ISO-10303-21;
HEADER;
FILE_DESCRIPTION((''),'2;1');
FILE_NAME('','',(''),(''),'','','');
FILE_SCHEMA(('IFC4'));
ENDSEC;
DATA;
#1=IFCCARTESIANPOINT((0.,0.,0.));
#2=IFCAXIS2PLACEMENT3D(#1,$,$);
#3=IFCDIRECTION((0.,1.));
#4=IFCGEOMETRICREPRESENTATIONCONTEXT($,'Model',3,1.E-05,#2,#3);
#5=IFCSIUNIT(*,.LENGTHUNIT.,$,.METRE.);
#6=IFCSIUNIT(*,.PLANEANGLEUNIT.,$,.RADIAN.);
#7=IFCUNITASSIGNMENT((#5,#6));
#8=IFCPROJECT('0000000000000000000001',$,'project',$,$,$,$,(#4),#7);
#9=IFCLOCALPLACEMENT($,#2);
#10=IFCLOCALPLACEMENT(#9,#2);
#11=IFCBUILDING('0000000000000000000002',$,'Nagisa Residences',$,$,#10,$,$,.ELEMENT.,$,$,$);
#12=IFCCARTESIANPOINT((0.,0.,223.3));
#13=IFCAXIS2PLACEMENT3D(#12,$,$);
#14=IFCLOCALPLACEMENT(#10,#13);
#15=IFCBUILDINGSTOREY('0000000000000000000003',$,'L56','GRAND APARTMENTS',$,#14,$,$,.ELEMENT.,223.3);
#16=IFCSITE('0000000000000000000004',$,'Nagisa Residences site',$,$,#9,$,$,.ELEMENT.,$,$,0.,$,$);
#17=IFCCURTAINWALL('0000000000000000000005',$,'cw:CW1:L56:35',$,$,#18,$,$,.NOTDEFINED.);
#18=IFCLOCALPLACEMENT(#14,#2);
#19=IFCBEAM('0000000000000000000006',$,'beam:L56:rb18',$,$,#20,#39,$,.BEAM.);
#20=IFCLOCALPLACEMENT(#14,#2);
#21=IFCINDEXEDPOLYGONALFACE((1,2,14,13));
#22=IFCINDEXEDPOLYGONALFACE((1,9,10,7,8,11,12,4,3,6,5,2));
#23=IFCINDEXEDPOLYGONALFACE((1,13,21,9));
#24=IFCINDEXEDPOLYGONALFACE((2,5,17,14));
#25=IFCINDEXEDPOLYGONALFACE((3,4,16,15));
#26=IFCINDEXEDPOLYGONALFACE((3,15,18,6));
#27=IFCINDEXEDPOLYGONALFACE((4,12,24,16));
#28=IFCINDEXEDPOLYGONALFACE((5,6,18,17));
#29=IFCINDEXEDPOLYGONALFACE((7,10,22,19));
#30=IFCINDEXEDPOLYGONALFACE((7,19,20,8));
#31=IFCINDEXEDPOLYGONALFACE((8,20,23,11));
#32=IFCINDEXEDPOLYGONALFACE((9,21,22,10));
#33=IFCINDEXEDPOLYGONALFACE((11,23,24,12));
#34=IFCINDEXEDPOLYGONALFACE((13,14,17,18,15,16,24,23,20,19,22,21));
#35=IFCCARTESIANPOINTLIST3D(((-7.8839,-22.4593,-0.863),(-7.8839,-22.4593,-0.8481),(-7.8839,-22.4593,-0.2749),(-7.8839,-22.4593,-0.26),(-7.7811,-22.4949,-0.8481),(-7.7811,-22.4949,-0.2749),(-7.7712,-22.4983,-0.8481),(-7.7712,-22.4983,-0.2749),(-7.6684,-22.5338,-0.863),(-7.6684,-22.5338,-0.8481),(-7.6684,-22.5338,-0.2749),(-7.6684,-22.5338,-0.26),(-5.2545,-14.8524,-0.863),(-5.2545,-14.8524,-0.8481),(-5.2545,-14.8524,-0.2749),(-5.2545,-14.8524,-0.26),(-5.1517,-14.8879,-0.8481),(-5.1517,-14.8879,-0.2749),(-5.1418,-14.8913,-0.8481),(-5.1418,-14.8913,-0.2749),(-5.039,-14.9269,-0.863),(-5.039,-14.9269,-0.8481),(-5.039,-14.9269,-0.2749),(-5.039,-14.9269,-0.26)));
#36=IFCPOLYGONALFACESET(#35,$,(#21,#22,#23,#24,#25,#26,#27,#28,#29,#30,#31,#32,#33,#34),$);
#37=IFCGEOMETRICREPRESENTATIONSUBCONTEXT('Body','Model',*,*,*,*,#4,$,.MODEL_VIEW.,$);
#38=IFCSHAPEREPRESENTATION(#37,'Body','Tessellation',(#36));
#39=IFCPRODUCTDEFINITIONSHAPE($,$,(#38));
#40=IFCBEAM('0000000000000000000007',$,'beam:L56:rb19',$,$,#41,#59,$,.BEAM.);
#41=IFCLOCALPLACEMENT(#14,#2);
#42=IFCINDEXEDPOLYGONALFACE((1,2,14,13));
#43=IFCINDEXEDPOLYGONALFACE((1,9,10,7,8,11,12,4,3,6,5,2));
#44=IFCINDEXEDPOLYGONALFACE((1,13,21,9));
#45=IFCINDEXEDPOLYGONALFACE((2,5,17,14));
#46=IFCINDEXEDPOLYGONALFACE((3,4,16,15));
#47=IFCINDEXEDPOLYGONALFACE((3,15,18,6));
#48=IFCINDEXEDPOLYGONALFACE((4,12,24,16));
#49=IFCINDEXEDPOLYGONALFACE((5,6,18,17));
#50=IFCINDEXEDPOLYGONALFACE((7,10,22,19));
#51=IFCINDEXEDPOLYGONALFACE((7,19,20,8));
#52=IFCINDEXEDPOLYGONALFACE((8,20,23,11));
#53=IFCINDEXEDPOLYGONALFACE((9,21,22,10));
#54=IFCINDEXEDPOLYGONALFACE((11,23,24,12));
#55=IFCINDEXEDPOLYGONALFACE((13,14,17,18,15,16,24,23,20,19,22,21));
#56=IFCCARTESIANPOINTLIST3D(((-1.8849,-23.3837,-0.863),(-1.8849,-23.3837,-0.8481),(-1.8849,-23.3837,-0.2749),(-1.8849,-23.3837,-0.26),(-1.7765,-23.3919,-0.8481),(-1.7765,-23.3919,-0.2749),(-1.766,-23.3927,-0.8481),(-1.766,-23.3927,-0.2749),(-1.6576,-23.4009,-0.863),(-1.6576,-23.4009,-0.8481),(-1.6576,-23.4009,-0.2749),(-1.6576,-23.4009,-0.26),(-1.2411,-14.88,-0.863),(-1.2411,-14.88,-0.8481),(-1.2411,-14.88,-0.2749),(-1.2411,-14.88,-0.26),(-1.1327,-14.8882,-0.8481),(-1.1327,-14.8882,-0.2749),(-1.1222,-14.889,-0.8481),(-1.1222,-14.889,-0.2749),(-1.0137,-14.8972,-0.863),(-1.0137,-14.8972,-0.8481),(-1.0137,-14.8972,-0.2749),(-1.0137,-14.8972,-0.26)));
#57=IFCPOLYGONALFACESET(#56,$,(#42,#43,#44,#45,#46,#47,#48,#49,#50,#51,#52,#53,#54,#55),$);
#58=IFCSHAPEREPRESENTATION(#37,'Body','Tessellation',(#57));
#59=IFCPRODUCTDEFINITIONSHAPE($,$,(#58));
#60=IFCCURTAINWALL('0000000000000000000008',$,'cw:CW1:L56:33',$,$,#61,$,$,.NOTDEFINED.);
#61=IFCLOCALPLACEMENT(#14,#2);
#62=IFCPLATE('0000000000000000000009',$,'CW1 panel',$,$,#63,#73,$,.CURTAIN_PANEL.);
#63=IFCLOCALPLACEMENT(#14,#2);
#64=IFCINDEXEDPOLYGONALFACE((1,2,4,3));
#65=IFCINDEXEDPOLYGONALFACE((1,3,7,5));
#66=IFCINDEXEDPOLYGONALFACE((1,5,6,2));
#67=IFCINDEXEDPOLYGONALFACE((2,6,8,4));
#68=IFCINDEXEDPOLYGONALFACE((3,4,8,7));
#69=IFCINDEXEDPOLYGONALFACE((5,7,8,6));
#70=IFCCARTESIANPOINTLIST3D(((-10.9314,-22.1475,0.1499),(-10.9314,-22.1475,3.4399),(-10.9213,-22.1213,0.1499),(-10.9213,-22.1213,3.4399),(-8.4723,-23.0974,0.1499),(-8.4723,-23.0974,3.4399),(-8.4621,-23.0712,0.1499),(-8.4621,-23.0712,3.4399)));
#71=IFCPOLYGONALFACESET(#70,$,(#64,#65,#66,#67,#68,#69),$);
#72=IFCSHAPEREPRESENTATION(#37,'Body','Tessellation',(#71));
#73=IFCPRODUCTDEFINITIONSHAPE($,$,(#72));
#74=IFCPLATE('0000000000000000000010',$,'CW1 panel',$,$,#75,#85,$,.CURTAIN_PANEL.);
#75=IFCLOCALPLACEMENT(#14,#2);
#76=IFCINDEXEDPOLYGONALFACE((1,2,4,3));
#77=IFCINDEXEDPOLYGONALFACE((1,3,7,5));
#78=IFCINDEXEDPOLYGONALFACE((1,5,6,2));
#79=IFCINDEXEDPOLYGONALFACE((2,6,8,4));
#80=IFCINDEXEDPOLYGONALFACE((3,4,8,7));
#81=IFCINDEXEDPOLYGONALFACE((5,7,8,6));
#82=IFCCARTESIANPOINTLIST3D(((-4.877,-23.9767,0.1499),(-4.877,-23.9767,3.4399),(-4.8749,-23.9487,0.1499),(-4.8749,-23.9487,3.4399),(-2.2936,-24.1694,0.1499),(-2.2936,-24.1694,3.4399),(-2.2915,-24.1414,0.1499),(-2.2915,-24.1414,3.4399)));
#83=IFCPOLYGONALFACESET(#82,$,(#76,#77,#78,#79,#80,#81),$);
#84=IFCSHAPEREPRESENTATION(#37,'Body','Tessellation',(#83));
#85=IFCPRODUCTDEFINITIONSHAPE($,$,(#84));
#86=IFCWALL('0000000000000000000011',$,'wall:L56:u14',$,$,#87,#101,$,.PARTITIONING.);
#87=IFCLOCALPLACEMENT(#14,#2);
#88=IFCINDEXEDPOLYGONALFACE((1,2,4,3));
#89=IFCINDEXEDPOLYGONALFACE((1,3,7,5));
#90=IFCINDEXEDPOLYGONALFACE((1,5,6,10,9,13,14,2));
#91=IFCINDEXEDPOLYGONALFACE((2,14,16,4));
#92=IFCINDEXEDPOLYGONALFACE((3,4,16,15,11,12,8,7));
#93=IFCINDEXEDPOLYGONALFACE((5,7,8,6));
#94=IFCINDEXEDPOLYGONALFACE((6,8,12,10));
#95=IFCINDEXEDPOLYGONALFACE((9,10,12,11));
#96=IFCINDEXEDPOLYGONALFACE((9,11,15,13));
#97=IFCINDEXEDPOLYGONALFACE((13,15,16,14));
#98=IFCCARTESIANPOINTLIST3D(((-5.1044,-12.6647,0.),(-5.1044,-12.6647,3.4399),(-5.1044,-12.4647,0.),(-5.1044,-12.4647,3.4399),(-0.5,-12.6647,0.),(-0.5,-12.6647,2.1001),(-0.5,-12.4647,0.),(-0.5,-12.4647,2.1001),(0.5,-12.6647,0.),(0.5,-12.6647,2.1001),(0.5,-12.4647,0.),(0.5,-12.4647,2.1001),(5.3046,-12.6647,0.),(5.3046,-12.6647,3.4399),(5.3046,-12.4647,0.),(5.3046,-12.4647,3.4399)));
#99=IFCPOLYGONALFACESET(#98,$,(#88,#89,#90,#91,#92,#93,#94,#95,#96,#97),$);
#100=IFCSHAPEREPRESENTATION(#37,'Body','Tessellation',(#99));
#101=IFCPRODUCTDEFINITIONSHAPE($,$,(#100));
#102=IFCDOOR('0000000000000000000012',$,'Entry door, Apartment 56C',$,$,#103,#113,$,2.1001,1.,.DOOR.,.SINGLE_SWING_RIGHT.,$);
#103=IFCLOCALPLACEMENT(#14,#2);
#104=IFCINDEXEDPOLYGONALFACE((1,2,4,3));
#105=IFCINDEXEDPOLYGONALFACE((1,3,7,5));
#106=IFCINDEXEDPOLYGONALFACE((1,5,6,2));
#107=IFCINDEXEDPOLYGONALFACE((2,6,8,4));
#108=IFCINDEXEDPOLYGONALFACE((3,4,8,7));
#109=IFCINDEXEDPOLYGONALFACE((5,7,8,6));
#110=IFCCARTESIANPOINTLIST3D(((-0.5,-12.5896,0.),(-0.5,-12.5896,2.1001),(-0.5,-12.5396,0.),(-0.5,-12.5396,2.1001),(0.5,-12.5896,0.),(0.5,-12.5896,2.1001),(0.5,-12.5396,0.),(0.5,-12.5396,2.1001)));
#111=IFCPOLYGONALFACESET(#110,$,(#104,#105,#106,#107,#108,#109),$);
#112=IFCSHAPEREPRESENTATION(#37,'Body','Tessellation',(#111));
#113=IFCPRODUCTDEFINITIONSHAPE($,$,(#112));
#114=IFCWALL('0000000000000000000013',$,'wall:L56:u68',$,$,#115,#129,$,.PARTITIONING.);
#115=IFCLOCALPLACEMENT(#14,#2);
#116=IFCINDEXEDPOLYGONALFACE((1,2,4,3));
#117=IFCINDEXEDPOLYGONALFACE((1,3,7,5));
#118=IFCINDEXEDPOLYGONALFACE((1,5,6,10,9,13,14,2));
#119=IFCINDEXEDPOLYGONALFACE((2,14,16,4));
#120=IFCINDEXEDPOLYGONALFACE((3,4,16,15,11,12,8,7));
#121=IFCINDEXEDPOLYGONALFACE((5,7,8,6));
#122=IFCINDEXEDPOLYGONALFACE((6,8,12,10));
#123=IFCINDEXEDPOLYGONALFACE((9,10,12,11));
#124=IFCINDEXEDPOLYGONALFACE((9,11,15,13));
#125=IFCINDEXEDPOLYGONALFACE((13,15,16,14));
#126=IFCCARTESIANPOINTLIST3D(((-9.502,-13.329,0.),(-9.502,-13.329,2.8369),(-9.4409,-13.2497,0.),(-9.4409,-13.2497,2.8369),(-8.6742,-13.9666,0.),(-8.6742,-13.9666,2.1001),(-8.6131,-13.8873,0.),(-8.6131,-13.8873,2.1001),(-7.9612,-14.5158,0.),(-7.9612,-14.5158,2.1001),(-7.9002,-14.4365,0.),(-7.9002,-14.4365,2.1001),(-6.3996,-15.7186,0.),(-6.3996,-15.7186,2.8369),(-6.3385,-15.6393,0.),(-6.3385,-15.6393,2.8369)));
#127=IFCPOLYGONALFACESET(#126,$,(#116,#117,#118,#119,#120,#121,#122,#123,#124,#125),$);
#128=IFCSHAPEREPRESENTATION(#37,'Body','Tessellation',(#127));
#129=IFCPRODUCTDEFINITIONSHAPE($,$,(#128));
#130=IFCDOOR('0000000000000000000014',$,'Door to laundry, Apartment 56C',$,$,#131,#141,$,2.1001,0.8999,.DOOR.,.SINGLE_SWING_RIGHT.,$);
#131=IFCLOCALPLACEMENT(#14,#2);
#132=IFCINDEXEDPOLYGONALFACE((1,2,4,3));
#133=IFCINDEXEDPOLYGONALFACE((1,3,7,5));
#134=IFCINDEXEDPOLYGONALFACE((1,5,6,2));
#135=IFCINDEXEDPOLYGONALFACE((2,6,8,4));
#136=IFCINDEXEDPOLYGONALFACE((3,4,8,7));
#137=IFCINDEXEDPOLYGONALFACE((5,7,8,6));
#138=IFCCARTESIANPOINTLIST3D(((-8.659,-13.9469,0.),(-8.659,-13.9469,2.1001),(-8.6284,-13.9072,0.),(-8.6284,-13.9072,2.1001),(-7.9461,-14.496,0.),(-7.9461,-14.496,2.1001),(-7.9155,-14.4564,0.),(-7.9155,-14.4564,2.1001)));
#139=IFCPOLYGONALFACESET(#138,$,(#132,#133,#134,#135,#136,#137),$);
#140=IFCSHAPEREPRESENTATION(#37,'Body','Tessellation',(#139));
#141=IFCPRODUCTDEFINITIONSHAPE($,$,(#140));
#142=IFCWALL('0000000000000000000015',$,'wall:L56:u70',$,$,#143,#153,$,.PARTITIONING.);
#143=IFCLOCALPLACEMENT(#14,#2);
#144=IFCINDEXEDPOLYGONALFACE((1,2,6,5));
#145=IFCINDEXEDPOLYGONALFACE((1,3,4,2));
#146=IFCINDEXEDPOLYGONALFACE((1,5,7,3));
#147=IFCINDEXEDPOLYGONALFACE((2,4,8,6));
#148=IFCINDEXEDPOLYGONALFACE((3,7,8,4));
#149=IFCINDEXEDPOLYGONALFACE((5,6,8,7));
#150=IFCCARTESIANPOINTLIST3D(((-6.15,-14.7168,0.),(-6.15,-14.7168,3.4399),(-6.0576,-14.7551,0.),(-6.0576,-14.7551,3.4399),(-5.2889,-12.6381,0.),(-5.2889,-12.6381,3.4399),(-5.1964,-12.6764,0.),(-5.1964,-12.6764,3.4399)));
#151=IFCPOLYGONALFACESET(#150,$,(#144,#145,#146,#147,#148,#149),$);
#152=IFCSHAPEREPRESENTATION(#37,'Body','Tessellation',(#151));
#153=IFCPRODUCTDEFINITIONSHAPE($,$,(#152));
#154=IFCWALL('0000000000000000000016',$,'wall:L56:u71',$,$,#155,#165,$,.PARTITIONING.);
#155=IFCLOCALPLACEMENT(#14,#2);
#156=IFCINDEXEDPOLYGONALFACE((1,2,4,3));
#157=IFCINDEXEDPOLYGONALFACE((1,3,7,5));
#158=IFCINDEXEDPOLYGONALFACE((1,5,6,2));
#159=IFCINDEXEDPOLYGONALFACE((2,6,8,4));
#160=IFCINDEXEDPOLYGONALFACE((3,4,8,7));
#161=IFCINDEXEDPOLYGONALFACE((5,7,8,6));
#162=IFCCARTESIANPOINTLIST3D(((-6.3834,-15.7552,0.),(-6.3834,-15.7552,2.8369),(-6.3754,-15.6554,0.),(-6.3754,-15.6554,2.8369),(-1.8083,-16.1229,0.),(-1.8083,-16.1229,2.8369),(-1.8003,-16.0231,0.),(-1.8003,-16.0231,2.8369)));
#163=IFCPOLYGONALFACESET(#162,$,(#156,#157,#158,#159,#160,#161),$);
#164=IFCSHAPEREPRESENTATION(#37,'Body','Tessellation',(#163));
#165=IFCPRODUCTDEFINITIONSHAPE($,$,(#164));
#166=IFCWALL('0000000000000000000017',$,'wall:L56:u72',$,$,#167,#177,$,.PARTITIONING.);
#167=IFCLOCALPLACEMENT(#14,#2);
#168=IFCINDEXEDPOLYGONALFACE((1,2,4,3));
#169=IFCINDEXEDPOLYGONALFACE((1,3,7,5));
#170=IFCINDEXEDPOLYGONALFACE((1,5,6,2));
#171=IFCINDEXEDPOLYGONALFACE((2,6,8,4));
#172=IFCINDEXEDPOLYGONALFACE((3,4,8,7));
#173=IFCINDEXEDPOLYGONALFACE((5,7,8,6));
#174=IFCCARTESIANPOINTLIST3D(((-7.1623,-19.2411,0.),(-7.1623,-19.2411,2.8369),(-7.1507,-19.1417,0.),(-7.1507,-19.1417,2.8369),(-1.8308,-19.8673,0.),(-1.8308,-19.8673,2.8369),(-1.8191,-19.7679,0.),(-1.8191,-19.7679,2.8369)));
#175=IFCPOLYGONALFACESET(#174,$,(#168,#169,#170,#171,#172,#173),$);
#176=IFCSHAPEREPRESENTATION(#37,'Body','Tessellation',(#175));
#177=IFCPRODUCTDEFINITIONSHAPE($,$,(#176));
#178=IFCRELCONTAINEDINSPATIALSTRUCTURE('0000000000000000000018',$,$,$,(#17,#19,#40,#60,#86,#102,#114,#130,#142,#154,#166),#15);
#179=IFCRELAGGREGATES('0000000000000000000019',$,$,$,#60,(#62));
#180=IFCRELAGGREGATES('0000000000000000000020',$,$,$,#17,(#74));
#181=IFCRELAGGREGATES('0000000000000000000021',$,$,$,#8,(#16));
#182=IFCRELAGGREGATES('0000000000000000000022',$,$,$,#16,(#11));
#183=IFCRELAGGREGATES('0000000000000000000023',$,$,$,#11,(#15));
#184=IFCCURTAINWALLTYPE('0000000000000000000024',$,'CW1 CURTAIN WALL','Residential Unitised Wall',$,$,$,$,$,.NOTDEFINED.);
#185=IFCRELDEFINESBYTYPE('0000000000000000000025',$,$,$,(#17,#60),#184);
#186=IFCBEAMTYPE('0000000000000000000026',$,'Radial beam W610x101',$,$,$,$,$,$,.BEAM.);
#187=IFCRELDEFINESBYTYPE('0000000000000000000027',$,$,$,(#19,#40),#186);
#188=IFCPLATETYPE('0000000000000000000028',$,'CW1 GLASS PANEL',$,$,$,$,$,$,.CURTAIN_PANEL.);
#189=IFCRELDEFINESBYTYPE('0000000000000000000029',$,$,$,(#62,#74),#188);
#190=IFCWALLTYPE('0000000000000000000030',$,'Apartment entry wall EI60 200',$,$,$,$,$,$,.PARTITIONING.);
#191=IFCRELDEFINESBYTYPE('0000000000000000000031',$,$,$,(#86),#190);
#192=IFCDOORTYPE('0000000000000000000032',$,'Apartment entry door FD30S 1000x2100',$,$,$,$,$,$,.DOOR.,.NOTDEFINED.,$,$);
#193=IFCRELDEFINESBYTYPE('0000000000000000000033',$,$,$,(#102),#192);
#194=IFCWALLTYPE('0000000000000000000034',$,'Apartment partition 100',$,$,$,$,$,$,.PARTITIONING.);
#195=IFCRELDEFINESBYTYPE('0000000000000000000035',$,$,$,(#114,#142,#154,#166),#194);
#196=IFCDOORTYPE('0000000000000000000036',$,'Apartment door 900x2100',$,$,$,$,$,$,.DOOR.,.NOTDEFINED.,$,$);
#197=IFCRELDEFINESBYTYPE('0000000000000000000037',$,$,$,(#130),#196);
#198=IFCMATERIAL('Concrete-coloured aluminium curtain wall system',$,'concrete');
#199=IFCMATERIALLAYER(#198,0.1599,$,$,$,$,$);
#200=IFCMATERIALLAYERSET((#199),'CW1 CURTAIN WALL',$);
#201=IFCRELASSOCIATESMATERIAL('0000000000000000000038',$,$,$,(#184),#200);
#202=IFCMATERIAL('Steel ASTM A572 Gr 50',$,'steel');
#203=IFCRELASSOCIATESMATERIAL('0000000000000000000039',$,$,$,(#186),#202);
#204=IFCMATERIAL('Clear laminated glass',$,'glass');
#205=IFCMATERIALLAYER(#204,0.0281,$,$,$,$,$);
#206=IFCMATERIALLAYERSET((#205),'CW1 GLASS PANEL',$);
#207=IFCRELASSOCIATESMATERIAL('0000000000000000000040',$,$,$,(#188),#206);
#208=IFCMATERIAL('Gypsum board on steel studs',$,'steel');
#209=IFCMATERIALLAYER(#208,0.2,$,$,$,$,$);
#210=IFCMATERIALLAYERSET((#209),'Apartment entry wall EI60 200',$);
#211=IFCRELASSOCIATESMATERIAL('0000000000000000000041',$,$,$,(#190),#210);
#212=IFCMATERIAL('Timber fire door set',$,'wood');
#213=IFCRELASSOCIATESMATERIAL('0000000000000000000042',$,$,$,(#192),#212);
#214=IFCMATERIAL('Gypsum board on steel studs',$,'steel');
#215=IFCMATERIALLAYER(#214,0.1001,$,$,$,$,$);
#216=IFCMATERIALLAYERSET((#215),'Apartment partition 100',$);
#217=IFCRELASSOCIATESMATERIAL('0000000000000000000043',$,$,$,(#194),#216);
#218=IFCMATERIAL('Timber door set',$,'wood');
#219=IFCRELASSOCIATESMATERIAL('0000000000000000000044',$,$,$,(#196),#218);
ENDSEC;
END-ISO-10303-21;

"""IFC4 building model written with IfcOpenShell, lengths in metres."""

from ifc_helpers import new_model, si_unit, direction, frame, frame_2d, origin, origin_2d, place, context, subcontext, project, spatial, rectangle, i_section, extrude, material, layer, layer_set, material_profile, profile_set, type_object, element, fill, aggregate, save


model = new_model("IFC4")

# Units and contexts
model_context = context("Model", 3, precision=1e-05, world=origin(), true_north=direction((0.0, 1.0)))
body_context = subcontext(model_context, "Body", "Model", "MODEL_VIEW")
ifc_project = project(units=[si_unit("LENGTHUNIT", "METRE"), si_unit("PLANEANGLEUNIT", "RADIAN")], contexts=[model_context])

# Site, building, storey
site_placement = place(None, origin())
site = spatial("IfcSite", under=ifc_project, at=site_placement, Name="Nagisa Residences site", CompositionType="ELEMENT", RefElevation=0.0)
building_placement = place(site_placement, origin())
building = spatial("IfcBuilding", under=site, at=building_placement, Name="Nagisa Residences", CompositionType="ELEMENT")
storey_placement = place(building_placement, frame((0.0, 0.0, 223.3)))
storey = spatial("IfcBuildingStorey", under=building, at=storey_placement, Name="L56", Description="GRAND APARTMENTS", CompositionType="ELEMENT", Elevation=223.3)

# Curtain wall
ifc_material_1 = material(Name="Concrete-coloured aluminium curtain wall system", Category="concrete")
ifc_layer_1 = layer(ifc_material_1, 0.1599)
ifc_layer_set_1 = layer_set([ifc_layer_1], Name="CW1 CURTAIN WALL")
curtain_wall_type = type_object("IfcCurtainWallType", Name="CW1 CURTAIN WALL", Description="Residential Unitised Wall", PredefinedType="NOTDEFINED", material=ifc_layer_set_1)
curtain_wall_1_placement = place(storey_placement, origin())
curtain_wall_1 = element("IfcCurtainWall", 1, at=curtain_wall_1_placement, inside=storey, type_object=curtain_wall_type, Name="cw:CW1:L56:35", PredefinedType="NOTDEFINED")

# Beams
ifc_material_2 = material(Name="Steel ASTM A572 Gr 50", Category="steel")
ifc_material_profile_1 = material_profile(ifc_material_2, i_section(OverallWidth=0.228, OverallDepth=0.603, WebThickness=0.0105, FlangeThickness=0.0149, at=origin_2d()), Name="W610x101")
ifc_profile_set_1 = profile_set([ifc_material_profile_1], Name="Steel ASTM A572 Gr 50")
beam_type_1 = type_object("IfcBeamType", Name="Radial beam W610x101", PredefinedType="BEAM", material=ifc_profile_set_1)
beam_1_placement = place(storey_placement, frame((-7.7761, -22.4966, -0.5615), z_axis=(0.326692, 0.945131, 0.0), x_axis=(-0.945131, 0.326692, 0.0)))
element("IfcBeam", 2, at=beam_1_placement, inside=storey, type_object=beam_type_1, Name="beam:L56:rb18", PredefinedType="BEAM", context=body_context, shape_type="SweptSolid", body=[
    extrude(i_section(OverallWidth=0.228, OverallDepth=0.603, WebThickness=0.0105, FlangeThickness=0.0149, at=origin_2d()), origin(), (0.0, 0.0, 1.0), 8.0486),
])
beam_2_placement = place(storey_placement, frame((-1.7712, -23.3923, -0.5615), z_axis=(0.075492, 0.997146, 0.0), x_axis=(-0.997146, 0.075492, 0.0)))
element("IfcBeam", 3, at=beam_2_placement, inside=storey, type_object=beam_type_1, Name="beam:L56:rb19", PredefinedType="BEAM", context=body_context, shape_type="SweptSolid", body=[
    extrude(i_section(OverallWidth=0.228, OverallDepth=0.603, WebThickness=0.0105, FlangeThickness=0.0149, at=origin_2d()), origin(), (0.0, 0.0, 1.0), 8.5281),
])

# Curtain wall, plate
curtain_wall_2_placement = place(storey_placement, origin())
curtain_wall_2 = element("IfcCurtainWall", 4, at=curtain_wall_2_placement, inside=storey, type_object=curtain_wall_type, Name="cw:CW1:L56:33", PredefinedType="NOTDEFINED")
ifc_material_3 = material(Name="Clear laminated glass", Category="glass")
ifc_layer_2 = layer(ifc_material_3, 0.0281)
ifc_layer_set_2 = layer_set([ifc_layer_2], Name="CW1 GLASS PANEL")
plate_type = type_object("IfcPlateType", Name="CW1 GLASS PANEL", PredefinedType="CURTAIN_PANEL", material=ifc_layer_set_2)
plate_1_placement = place(storey_placement, frame((-9.6968, -22.6094, 0.1499), z_axis=(0.0, 0.0, 1.0), x_axis=(0.932826, -0.360328, 0.0)))
plate_1 = element("IfcPlate", 5, at=plate_1_placement, type_object=plate_type, Name="CW1 panel", PredefinedType="CURTAIN_PANEL", context=body_context, shape_type="SweptSolid", body=[
    extrude(rectangle(XDim=2.6362, YDim=0.0281, at=origin_2d()), origin(), (0.0, 0.0, 1.0), 3.29),
])
aggregate(curtain_wall_2, [plate_1])

# Plate
plate_2_placement = place(storey_placement, frame((-3.5842, -24.0591, 0.1499), z_axis=(0.0, 0.0, 1.0), x_axis=(0.99723, -0.074377, 0.0)))
plate_2 = element("IfcPlate", 6, at=plate_2_placement, type_object=plate_type, Name="CW1 panel", PredefinedType="CURTAIN_PANEL", context=body_context, shape_type="SweptSolid", body=[
    extrude(rectangle(XDim=2.5906, YDim=0.0281, at=origin_2d()), origin(), (0.0, 0.0, 1.0), 3.29),
])
aggregate(curtain_wall_1, [plate_2])

# Walls, openings, doors
ifc_material_4 = material(Name="Gypsum board on steel studs", Category="steel")
ifc_layer_3 = layer(ifc_material_4, 0.2)
ifc_layer_set_3 = layer_set([ifc_layer_3], Name="Apartment entry wall EI60 200")
wall_type_1 = type_object("IfcWallType", Name="Apartment entry wall EI60 200", PredefinedType="PARTITIONING", material=ifc_layer_set_3)
wall_1_placement = place(storey_placement, frame((-5.1045, -12.5647, 0.0), z_axis=(0.0, 0.0, 1.0), x_axis=(1.0, 0.0, 0.0)))
wall_1 = element("IfcWall", 7, at=wall_1_placement, inside=storey, type_object=wall_type_1, Name="wall:L56:u14", PredefinedType="PARTITIONING", context=body_context, shape_type="SweptSolid", body=[
    extrude(rectangle(XDim=10.4089, YDim=0.2, at=frame_2d((5.2046, 0.0))), origin(), (0.0, 0.0, 1.0), 3.4399),
])
opening_1_placement = place(wall_1_placement, frame((4.6045, 0.0, 0.0)))
opening_1 = element("IfcOpeningElement", 8, at=opening_1_placement, cuts=wall_1, PredefinedType="OPENING", context=body_context, shape_type="SweptSolid", body=[
    extrude(rectangle(XDim=1.0, YDim=2.1001, at=frame_2d((0.5, 1.05))), frame((0.0, 0.1099, 0.0), z_axis=(0.0, -1.0, 0.0), x_axis=(1.0, 0.0, 0.0)), (0.0, 0.0, 1.0), 0.22),
])
ifc_material_5 = material(Name="Timber fire door set", Category="wood")
door_type_1 = type_object("IfcDoorType", Name="Apartment entry door FD30S 1000x2100", OperationType="NOTDEFINED", PredefinedType="DOOR", material=ifc_material_5)
door_1_placement = place(opening_1_placement, frame((1.0, 0.0, 0.0), x_axis=(-1.0, 0.0, 0.0)))
door_1 = element("IfcDoor", 9, at=door_1_placement, inside=storey, type_object=door_type_1, Name="Entry door, Apartment 56C", OperationType="SINGLE_SWING_RIGHT", OverallHeight=2.1001, OverallWidth=1.0, PredefinedType="DOOR", context=body_context, shape_type="SweptSolid", body=[
    extrude(rectangle(XDim=1.0, YDim=2.1001, at=frame_2d((0.5, 1.05))), frame((0.0, 0.0249, 0.0), z_axis=(0.0, -1.0, 0.0), x_axis=(1.0, 0.0, 0.0)), (0.0, 0.0, 1.0), 0.05),
])
fill(opening_1, door_1)
ifc_material_6 = material(Name="Gypsum board on steel studs", Category="steel")
ifc_layer_4 = layer(ifc_material_6, 0.1001)
ifc_layer_set_4 = layer_set([ifc_layer_4], Name="Apartment partition 100")
wall_type_2 = type_object("IfcWallType", Name="Apartment partition 100", PredefinedType="PARTITIONING", material=ifc_layer_set_4)
wall_2_placement = place(storey_placement, frame((-9.4714, -13.2893, 0.0), z_axis=(0.0, 0.0, 1.0), x_axis=(0.792221, -0.610235, 0.0)))
wall_2 = element("IfcWall", 10, at=wall_2_placement, inside=storey, type_object=wall_type_2, Name="wall:L56:u68", PredefinedType="PARTITIONING", context=body_context, shape_type="SweptSolid", body=[
    extrude(rectangle(XDim=3.916, YDim=0.1001, at=frame_2d((1.958, 0.0))), origin(), (0.0, 0.0, 1.0), 2.8369),
])
opening_2_placement = place(wall_2_placement, frame((1.0449, 0.0, 0.0)))
opening_2 = element("IfcOpeningElement", 11, at=opening_2_placement, cuts=wall_2, PredefinedType="OPENING", context=body_context, shape_type="SweptSolid", body=[
    extrude(rectangle(XDim=0.8999, YDim=2.1001, at=frame_2d((0.45, 1.05))), frame((0.0, 0.0601, 0.0), z_axis=(0.0, -1.0, 0.0), x_axis=(1.0, 0.0, 0.0)), (0.0, 0.0, 1.0), 0.1201),
])
ifc_material_7 = material(Name="Timber door set", Category="wood")
door_type_2 = type_object("IfcDoorType", Name="Apartment door 900x2100", OperationType="NOTDEFINED", PredefinedType="DOOR", material=ifc_material_7)
door_2_placement = place(opening_2_placement, origin())
door_2 = element("IfcDoor", 12, at=door_2_placement, inside=storey, type_object=door_type_2, Name="Door to laundry, Apartment 56C", OperationType="SINGLE_SWING_RIGHT", OverallHeight=2.1001, OverallWidth=0.8999, PredefinedType="DOOR", context=body_context, shape_type="SweptSolid", body=[
    extrude(rectangle(XDim=0.8999, YDim=2.1001, at=frame_2d((0.45, 1.05))), frame((0.0, 0.0249, 0.0), z_axis=(0.0, -1.0, 0.0), x_axis=(1.0, 0.0, 0.0)), (0.0, 0.0, 1.0), 0.05),
])
fill(opening_2, door_2)

# Walls
wall_3_placement = place(storey_placement, frame((-5.2427, -12.6572, 0.0), z_axis=(0.0, 0.0, 1.0), x_axis=(-0.382719, -0.923865, 0.0)))
element("IfcWall", 13, at=wall_3_placement, inside=storey, type_object=wall_type_2, Name="wall:L56:u70", PredefinedType="PARTITIONING", context=body_context, shape_type="SweptSolid", body=[
    extrude(rectangle(XDim=2.25, YDim=0.1001, at=frame_2d((1.125, 0.0))), origin(), (0.0, 0.0, 1.0), 3.4399),
])
wall_4_placement = place(storey_placement, frame((-6.3794, -15.7053, 0.0), z_axis=(0.0, 0.0, 1.0), x_axis=(0.996786, -0.080105, 0.0)))
element("IfcWall", 14, at=wall_4_placement, inside=storey, type_object=wall_type_2, Name="wall:L56:u71", PredefinedType="PARTITIONING", context=body_context, shape_type="SweptSolid", body=[
    extrude(rectangle(XDim=4.5898, YDim=0.1001, at=frame_2d((2.2949, 0.0))), origin(), (0.0, 0.0, 1.0), 2.8369),
])
wall_5_placement = place(storey_placement, frame((-7.1565, -19.1914, 0.0), z_axis=(0.0, 0.0, 1.0), x_axis=(0.993173, -0.116654, 0.0)))
element("IfcWall", 15, at=wall_5_placement, inside=storey, type_object=wall_type_2, Name="wall:L56:u72", PredefinedType="PARTITIONING", context=body_context, shape_type="SweptSolid", body=[
    extrude(rectangle(XDim=5.3682, YDim=0.1001, at=frame_2d((2.6841, 0.0))), origin(), (0.0, 0.0, 1.0), 2.8369),
])

save(model, "model.ifc")
